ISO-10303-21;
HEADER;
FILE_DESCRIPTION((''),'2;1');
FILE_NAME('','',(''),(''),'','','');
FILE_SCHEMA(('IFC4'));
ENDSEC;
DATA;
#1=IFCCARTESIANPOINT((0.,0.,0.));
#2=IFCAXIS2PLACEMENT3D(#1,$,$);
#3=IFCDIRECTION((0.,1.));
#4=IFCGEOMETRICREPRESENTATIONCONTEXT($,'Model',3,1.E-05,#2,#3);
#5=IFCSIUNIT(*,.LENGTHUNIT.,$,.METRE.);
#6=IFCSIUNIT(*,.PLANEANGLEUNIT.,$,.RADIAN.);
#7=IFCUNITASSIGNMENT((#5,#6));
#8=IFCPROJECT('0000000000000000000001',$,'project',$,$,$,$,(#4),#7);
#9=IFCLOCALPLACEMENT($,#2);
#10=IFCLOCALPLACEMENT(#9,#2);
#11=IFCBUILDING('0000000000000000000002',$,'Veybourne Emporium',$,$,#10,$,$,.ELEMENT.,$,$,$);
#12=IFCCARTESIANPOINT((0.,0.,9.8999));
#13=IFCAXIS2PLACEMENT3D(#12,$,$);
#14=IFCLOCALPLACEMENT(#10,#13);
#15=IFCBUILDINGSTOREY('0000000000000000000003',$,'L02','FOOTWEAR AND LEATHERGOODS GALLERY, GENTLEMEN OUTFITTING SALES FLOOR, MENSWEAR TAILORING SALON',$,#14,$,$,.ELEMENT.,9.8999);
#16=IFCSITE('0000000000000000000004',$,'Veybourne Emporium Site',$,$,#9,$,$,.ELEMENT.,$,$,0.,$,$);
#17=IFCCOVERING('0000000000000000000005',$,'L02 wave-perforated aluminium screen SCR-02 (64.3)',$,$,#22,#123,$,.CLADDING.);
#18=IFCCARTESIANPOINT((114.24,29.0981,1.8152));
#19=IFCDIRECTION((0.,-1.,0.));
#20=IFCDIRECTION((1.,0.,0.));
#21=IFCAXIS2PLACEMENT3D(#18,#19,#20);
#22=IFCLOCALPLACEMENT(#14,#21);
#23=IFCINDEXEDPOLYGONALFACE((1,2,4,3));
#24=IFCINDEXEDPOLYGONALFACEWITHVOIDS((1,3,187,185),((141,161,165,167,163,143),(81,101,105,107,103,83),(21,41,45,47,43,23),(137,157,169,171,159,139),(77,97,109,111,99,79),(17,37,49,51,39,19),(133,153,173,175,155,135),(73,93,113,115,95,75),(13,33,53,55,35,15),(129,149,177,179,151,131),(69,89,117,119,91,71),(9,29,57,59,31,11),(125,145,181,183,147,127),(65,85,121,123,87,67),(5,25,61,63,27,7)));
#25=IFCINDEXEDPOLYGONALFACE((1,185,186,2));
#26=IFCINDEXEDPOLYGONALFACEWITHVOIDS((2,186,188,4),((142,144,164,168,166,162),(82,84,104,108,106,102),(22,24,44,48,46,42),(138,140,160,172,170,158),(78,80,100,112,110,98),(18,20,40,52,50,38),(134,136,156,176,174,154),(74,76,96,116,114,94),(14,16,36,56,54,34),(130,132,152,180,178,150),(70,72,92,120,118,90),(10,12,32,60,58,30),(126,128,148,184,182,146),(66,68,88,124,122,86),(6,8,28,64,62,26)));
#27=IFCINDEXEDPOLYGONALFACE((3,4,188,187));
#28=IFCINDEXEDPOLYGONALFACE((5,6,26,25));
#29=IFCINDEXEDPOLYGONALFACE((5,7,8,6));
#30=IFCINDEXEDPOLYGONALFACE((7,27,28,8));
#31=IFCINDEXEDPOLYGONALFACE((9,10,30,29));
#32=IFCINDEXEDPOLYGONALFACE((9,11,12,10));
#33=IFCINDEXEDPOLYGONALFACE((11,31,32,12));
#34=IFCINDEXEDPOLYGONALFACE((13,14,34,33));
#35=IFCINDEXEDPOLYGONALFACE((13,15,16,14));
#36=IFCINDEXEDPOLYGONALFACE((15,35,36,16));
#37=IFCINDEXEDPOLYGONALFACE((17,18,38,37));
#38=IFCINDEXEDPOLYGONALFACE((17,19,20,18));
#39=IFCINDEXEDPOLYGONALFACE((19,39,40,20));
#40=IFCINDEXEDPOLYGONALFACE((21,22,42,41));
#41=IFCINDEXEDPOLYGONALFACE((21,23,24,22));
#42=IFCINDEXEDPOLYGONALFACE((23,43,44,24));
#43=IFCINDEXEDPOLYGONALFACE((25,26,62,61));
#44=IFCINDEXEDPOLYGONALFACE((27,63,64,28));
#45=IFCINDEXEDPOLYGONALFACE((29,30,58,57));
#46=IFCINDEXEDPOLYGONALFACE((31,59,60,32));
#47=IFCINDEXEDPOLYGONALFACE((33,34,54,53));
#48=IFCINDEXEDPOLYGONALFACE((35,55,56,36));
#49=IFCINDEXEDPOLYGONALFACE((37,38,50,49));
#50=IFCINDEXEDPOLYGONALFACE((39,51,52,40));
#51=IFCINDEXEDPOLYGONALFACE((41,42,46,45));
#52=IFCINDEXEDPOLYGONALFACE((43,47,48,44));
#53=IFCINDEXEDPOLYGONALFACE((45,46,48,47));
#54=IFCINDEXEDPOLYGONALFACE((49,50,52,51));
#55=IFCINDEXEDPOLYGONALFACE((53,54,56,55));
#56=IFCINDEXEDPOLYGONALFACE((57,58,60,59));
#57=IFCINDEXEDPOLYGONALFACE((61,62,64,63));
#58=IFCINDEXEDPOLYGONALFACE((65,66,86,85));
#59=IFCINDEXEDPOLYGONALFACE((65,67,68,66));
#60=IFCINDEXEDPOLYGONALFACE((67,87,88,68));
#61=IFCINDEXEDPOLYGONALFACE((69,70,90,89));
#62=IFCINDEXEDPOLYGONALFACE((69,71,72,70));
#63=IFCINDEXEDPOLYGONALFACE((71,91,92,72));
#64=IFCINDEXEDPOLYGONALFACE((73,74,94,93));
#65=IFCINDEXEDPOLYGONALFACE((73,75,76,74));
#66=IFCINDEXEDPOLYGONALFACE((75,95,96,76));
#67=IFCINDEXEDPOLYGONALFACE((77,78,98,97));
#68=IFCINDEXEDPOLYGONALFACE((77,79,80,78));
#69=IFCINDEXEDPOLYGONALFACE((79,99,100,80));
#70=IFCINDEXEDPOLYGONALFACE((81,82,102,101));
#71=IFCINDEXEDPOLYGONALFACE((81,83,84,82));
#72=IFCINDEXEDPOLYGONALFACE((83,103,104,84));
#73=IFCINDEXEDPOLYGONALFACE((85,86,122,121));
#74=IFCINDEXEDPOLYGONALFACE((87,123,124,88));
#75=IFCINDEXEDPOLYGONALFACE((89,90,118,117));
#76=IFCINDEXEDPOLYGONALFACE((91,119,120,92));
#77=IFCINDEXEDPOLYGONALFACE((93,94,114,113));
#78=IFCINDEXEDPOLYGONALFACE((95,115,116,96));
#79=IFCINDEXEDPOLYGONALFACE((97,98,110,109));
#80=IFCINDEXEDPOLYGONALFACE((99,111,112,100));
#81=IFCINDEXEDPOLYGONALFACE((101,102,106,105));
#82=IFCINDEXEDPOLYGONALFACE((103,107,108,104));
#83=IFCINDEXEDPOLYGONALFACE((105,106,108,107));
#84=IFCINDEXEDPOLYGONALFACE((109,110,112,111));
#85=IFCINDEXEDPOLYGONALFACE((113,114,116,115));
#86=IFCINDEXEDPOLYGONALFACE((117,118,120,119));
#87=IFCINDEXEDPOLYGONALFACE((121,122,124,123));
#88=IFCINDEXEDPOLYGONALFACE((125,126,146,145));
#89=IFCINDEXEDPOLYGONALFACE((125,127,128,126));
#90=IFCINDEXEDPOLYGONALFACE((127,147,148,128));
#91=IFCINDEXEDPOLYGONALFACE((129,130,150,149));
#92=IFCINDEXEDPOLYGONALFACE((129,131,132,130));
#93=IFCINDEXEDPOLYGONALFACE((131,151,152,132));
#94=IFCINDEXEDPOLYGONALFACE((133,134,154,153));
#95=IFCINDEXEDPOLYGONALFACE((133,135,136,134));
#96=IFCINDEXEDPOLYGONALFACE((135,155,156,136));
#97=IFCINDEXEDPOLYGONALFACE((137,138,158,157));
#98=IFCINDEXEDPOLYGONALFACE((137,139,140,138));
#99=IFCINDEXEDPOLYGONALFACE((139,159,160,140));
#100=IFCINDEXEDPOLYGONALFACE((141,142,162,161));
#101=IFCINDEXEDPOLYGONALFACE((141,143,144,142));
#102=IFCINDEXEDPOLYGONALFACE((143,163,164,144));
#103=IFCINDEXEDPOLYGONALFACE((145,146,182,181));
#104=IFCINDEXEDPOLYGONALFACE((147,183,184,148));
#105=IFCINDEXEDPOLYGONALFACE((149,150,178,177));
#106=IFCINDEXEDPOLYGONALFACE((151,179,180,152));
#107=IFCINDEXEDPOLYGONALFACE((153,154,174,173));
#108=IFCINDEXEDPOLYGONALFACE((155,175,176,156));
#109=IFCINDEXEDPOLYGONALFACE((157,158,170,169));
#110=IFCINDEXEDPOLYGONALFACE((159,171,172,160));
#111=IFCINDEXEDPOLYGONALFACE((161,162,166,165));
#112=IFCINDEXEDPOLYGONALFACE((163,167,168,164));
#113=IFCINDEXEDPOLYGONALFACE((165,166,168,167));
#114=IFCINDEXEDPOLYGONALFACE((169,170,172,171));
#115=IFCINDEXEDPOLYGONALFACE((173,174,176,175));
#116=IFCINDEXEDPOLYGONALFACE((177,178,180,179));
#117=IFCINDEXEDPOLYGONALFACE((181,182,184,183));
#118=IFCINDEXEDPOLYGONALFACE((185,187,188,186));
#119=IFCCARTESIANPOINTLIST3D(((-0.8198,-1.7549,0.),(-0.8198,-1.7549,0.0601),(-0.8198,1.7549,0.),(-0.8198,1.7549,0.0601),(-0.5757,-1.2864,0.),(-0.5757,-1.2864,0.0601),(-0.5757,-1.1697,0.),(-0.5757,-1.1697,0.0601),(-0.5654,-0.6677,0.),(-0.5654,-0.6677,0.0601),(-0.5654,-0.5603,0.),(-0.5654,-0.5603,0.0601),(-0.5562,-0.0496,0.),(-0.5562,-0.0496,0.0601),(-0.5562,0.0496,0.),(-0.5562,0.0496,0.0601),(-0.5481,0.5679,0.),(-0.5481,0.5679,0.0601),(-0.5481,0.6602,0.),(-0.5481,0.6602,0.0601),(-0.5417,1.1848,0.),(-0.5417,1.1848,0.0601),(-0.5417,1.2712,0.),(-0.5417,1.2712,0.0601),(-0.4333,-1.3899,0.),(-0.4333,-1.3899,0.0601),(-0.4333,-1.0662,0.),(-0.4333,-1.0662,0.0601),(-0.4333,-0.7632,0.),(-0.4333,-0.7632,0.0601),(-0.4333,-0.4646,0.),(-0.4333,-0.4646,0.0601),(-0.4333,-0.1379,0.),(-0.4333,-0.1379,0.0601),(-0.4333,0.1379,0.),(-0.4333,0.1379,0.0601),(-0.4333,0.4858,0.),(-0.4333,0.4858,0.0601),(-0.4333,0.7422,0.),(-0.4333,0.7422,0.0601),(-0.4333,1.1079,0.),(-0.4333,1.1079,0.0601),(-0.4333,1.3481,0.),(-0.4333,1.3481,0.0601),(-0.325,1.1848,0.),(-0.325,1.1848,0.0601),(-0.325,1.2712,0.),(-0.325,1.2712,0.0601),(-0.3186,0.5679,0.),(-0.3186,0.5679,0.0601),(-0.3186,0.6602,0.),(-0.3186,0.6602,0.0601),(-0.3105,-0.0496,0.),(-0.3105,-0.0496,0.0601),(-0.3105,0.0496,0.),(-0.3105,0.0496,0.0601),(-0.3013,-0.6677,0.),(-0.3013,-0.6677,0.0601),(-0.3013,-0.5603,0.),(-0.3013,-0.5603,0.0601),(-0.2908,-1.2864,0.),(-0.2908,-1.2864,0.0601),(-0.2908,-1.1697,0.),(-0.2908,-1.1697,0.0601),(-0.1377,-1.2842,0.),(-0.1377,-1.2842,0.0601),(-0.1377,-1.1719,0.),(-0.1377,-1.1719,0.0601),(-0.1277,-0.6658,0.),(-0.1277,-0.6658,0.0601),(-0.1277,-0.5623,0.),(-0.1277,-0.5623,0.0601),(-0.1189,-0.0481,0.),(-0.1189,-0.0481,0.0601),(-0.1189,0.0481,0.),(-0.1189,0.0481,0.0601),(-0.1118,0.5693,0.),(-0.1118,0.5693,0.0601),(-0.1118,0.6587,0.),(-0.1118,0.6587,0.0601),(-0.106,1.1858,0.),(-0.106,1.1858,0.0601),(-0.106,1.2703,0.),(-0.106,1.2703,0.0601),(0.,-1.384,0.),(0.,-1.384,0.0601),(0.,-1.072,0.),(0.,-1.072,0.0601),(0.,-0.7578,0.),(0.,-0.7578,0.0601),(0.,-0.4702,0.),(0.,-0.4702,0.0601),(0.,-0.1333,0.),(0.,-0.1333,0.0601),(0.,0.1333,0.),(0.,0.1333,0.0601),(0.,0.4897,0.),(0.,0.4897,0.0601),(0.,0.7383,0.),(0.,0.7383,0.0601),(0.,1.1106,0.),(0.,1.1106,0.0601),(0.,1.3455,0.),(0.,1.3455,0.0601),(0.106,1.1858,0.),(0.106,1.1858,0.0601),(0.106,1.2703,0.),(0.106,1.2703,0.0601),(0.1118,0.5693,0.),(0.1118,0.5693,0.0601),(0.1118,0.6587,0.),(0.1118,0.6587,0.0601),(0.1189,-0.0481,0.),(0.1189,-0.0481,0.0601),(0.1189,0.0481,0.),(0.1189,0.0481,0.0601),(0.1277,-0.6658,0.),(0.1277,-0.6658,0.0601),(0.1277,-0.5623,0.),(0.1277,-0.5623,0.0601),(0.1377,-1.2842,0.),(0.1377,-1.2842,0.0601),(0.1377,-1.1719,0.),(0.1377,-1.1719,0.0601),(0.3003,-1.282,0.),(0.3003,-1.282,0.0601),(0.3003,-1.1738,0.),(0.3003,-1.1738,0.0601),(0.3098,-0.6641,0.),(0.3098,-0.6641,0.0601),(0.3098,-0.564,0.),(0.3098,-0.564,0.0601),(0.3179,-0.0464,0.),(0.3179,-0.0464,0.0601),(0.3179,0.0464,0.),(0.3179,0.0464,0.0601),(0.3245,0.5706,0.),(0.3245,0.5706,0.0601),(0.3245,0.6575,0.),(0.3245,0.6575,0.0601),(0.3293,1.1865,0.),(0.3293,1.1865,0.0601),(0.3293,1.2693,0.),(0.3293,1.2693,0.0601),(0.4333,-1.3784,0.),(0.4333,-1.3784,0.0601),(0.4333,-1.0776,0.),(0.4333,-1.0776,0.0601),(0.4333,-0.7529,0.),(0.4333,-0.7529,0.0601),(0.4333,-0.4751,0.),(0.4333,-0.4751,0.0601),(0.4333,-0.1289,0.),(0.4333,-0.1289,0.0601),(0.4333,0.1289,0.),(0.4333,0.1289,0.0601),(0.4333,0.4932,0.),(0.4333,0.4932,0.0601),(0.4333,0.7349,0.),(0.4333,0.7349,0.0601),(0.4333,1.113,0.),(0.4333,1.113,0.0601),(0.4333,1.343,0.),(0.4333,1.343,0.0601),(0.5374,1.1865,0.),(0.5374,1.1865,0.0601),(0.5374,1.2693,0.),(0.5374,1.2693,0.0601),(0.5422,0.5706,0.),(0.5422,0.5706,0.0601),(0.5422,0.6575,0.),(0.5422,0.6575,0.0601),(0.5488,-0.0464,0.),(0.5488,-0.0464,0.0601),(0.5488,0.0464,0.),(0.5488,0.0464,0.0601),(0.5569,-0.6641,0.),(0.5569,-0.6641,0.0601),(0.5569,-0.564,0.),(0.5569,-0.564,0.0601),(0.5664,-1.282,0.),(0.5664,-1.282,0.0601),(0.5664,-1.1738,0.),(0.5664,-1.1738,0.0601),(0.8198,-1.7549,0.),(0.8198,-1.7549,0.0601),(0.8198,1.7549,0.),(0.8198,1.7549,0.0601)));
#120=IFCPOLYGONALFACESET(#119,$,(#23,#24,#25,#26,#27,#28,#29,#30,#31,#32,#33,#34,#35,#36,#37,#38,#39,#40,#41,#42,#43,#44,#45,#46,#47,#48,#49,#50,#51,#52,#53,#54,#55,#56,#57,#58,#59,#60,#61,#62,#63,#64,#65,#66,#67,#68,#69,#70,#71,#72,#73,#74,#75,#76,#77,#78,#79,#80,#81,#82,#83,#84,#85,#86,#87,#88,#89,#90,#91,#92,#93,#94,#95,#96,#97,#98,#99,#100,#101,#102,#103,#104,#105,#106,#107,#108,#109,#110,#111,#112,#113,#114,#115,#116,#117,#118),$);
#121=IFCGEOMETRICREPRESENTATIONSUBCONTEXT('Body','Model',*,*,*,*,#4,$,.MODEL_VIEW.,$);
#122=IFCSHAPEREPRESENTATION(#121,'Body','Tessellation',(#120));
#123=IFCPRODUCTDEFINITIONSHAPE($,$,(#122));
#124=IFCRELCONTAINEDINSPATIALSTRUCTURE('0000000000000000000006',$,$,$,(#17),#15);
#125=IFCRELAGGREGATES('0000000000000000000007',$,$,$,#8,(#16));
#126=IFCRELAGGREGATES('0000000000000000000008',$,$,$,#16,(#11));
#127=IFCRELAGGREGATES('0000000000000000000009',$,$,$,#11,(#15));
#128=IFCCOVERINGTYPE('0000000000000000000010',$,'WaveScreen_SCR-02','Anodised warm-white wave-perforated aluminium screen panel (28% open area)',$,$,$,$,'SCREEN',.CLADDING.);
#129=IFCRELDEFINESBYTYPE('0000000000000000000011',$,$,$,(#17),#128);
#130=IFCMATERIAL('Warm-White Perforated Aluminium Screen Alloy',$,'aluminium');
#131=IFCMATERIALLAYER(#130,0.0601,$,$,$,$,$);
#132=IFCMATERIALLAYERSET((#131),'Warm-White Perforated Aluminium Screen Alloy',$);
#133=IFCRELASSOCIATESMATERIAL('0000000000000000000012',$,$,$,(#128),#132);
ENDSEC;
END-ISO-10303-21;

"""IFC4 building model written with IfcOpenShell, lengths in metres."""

from ifc_helpers import new_model, si_unit, direction, frame, origin, place, context, subcontext, project, spatial, polyline, outline, extrude, material, layer, layer_set, type_object, element, save


model = new_model("IFC4")

# Units and contexts
model_context = context("Model", 3, precision=1e-05, world=origin(), true_north=direction((0.0, 1.0)))
body_context = subcontext(model_context, "Body", "Model", "MODEL_VIEW")
ifc_project = project(units=[si_unit("LENGTHUNIT", "METRE"), si_unit("PLANEANGLEUNIT", "RADIAN")], contexts=[model_context])

# Site, building, storey
site_placement = place(None, origin())
site = spatial("IfcSite", under=ifc_project, at=site_placement, Name="Veybourne Emporium Site", CompositionType="ELEMENT", RefElevation=0.0)
building_placement = place(site_placement, origin())
building = spatial("IfcBuilding", under=site, at=building_placement, Name="Veybourne Emporium", CompositionType="ELEMENT")
storey_placement = place(building_placement, frame((0.0, 0.0, 9.8999)))
storey = spatial("IfcBuildingStorey", under=building, at=storey_placement, Name="L02", Description="FOOTWEAR AND LEATHERGOODS GALLERY, GENTLEMEN OUTFITTING SALES FLOOR, MENSWEAR TAILORING SALON", CompositionType="ELEMENT", Elevation=9.8999)

# Covering
ifc_material_1 = material(Name="Warm-White Perforated Aluminium Screen Alloy", Category="aluminium")
ifc_layer_1 = layer(ifc_material_1, 0.0601)
ifc_layer_set_1 = layer_set([ifc_layer_1], Name="Warm-White Perforated Aluminium Screen Alloy")
covering_type_1 = type_object("IfcCoveringType", Name="WaveScreen_SCR-02", Description="Anodised warm-white wave-perforated aluminium screen panel (28% open area)", ElementType="SCREEN", PredefinedType="CLADDING", material=ifc_layer_set_1)
covering_1_placement = place(storey_placement, frame((114.24, 29.0981, 1.8152), z_axis=(0.0, -1.0, 0.0), x_axis=(1.0, 0.0, 0.0)))
element("IfcCovering", 1, at=covering_1_placement, inside=storey, type_object=covering_type_1, Name="L02 wave-perforated aluminium screen SCR-02 (64.3)", PredefinedType="CLADDING", context=body_context, shape_type="SweptSolid", body=[
    extrude(outline(polyline([(-0.8198, -1.7549), (0.8198, -1.7549), (0.8198, 1.7549), (-0.8198, 1.7549), (-0.8198, -1.7549)]), holes=[polyline([(-0.4333, -1.0662), (-0.2908, -1.1697), (-0.2908, -1.2864), (-0.4333, -1.3899), (-0.5757, -1.2864), (-0.5757, -1.1697), (-0.4333, -1.0662)]), polyline([(-0.4333, -0.4646), (-0.3013, -0.5603), (-0.3013, -0.6677), (-0.4333, -0.7632), (-0.5654, -0.6677), (-0.5654, -0.5603), (-0.4333, -0.4646)]), polyline([(-0.4333, 0.1379), (-0.3105, 0.0496), (-0.3105, -0.0496), (-0.4333, -0.1379), (-0.5562, -0.0496), (-0.5562, 0.0496), (-0.4333, 0.1379)]), polyline([(-0.4333, 0.7422), (-0.3186, 0.6602), (-0.3186, 0.5679), (-0.4333, 0.4858), (-0.5481, 0.5679), (-0.5481, 0.6602), (-0.4333, 0.7422)]), polyline([(-0.4333, 1.3481), (-0.325, 1.2712), (-0.325, 1.1848), (-0.4333, 1.1079), (-0.5417, 1.1848), (-0.5417, 1.2712), (-0.4333, 1.3481)]), polyline([(0.0, -1.072), (0.1377, -1.1719), (0.1377, -1.2842), (0.0, -1.384), (-0.1377, -1.2842), (-0.1377, -1.1719), (0.0, -1.072)]), polyline([(0.0, -0.4702), (0.1277, -0.5623), (0.1277, -0.6658), (0.0, -0.7578), (-0.1277, -0.6658), (-0.1277, -0.5623), (0.0, -0.4702)]), polyline([(0.0, 0.1333), (0.1189, 0.0481), (0.1189, -0.0481), (0.0, -0.1333), (-0.1189, -0.0481), (-0.1189, 0.0481), (0.0, 0.1333)]), polyline([(0.0, 0.7383), (0.1118, 0.6587), (0.1118, 0.5693), (0.0, 0.4897), (-0.1118, 0.5693), (-0.1118, 0.6587), (0.0, 0.7383)]), polyline([(0.0, 1.3455), (0.106, 1.2703), (0.106, 1.1858), (0.0, 1.1106), (-0.106, 1.1858), (-0.106, 1.2703), (0.0, 1.3455)]), polyline([(0.4333, -1.0776), (0.5664, -1.1738), (0.5664, -1.282), (0.4333, -1.3784), (0.3003, -1.282), (0.3003, -1.1738), (0.4333, -1.0776)]), polyline([(0.4333, -0.4751), (0.5569, -0.564), (0.5569, -0.6641), (0.4333, -0.7529), (0.3098, -0.6641), (0.3098, -0.564), (0.4333, -0.4751)]), polyline([(0.4333, 0.1289), (0.5488, 0.0464), (0.5488, -0.0464), (0.4333, -0.1289), (0.3179, -0.0464), (0.3179, 0.0464), (0.4333, 0.1289)]), polyline([(0.4333, 0.7349), (0.5422, 0.6575), (0.5422, 0.5706), (0.4333, 0.4932), (0.3245, 0.5706), (0.3245, 0.6575), (0.4333, 0.7349)]), polyline([(0.4333, 1.343), (0.5374, 1.2693), (0.5374, 1.1865), (0.4333, 1.113), (0.3293, 1.1865), (0.3293, 1.2693), (0.4333, 1.343)])]), origin(), (0.0, 0.0, 1.0), 0.0601),
])

save(model, "model.ifc")
